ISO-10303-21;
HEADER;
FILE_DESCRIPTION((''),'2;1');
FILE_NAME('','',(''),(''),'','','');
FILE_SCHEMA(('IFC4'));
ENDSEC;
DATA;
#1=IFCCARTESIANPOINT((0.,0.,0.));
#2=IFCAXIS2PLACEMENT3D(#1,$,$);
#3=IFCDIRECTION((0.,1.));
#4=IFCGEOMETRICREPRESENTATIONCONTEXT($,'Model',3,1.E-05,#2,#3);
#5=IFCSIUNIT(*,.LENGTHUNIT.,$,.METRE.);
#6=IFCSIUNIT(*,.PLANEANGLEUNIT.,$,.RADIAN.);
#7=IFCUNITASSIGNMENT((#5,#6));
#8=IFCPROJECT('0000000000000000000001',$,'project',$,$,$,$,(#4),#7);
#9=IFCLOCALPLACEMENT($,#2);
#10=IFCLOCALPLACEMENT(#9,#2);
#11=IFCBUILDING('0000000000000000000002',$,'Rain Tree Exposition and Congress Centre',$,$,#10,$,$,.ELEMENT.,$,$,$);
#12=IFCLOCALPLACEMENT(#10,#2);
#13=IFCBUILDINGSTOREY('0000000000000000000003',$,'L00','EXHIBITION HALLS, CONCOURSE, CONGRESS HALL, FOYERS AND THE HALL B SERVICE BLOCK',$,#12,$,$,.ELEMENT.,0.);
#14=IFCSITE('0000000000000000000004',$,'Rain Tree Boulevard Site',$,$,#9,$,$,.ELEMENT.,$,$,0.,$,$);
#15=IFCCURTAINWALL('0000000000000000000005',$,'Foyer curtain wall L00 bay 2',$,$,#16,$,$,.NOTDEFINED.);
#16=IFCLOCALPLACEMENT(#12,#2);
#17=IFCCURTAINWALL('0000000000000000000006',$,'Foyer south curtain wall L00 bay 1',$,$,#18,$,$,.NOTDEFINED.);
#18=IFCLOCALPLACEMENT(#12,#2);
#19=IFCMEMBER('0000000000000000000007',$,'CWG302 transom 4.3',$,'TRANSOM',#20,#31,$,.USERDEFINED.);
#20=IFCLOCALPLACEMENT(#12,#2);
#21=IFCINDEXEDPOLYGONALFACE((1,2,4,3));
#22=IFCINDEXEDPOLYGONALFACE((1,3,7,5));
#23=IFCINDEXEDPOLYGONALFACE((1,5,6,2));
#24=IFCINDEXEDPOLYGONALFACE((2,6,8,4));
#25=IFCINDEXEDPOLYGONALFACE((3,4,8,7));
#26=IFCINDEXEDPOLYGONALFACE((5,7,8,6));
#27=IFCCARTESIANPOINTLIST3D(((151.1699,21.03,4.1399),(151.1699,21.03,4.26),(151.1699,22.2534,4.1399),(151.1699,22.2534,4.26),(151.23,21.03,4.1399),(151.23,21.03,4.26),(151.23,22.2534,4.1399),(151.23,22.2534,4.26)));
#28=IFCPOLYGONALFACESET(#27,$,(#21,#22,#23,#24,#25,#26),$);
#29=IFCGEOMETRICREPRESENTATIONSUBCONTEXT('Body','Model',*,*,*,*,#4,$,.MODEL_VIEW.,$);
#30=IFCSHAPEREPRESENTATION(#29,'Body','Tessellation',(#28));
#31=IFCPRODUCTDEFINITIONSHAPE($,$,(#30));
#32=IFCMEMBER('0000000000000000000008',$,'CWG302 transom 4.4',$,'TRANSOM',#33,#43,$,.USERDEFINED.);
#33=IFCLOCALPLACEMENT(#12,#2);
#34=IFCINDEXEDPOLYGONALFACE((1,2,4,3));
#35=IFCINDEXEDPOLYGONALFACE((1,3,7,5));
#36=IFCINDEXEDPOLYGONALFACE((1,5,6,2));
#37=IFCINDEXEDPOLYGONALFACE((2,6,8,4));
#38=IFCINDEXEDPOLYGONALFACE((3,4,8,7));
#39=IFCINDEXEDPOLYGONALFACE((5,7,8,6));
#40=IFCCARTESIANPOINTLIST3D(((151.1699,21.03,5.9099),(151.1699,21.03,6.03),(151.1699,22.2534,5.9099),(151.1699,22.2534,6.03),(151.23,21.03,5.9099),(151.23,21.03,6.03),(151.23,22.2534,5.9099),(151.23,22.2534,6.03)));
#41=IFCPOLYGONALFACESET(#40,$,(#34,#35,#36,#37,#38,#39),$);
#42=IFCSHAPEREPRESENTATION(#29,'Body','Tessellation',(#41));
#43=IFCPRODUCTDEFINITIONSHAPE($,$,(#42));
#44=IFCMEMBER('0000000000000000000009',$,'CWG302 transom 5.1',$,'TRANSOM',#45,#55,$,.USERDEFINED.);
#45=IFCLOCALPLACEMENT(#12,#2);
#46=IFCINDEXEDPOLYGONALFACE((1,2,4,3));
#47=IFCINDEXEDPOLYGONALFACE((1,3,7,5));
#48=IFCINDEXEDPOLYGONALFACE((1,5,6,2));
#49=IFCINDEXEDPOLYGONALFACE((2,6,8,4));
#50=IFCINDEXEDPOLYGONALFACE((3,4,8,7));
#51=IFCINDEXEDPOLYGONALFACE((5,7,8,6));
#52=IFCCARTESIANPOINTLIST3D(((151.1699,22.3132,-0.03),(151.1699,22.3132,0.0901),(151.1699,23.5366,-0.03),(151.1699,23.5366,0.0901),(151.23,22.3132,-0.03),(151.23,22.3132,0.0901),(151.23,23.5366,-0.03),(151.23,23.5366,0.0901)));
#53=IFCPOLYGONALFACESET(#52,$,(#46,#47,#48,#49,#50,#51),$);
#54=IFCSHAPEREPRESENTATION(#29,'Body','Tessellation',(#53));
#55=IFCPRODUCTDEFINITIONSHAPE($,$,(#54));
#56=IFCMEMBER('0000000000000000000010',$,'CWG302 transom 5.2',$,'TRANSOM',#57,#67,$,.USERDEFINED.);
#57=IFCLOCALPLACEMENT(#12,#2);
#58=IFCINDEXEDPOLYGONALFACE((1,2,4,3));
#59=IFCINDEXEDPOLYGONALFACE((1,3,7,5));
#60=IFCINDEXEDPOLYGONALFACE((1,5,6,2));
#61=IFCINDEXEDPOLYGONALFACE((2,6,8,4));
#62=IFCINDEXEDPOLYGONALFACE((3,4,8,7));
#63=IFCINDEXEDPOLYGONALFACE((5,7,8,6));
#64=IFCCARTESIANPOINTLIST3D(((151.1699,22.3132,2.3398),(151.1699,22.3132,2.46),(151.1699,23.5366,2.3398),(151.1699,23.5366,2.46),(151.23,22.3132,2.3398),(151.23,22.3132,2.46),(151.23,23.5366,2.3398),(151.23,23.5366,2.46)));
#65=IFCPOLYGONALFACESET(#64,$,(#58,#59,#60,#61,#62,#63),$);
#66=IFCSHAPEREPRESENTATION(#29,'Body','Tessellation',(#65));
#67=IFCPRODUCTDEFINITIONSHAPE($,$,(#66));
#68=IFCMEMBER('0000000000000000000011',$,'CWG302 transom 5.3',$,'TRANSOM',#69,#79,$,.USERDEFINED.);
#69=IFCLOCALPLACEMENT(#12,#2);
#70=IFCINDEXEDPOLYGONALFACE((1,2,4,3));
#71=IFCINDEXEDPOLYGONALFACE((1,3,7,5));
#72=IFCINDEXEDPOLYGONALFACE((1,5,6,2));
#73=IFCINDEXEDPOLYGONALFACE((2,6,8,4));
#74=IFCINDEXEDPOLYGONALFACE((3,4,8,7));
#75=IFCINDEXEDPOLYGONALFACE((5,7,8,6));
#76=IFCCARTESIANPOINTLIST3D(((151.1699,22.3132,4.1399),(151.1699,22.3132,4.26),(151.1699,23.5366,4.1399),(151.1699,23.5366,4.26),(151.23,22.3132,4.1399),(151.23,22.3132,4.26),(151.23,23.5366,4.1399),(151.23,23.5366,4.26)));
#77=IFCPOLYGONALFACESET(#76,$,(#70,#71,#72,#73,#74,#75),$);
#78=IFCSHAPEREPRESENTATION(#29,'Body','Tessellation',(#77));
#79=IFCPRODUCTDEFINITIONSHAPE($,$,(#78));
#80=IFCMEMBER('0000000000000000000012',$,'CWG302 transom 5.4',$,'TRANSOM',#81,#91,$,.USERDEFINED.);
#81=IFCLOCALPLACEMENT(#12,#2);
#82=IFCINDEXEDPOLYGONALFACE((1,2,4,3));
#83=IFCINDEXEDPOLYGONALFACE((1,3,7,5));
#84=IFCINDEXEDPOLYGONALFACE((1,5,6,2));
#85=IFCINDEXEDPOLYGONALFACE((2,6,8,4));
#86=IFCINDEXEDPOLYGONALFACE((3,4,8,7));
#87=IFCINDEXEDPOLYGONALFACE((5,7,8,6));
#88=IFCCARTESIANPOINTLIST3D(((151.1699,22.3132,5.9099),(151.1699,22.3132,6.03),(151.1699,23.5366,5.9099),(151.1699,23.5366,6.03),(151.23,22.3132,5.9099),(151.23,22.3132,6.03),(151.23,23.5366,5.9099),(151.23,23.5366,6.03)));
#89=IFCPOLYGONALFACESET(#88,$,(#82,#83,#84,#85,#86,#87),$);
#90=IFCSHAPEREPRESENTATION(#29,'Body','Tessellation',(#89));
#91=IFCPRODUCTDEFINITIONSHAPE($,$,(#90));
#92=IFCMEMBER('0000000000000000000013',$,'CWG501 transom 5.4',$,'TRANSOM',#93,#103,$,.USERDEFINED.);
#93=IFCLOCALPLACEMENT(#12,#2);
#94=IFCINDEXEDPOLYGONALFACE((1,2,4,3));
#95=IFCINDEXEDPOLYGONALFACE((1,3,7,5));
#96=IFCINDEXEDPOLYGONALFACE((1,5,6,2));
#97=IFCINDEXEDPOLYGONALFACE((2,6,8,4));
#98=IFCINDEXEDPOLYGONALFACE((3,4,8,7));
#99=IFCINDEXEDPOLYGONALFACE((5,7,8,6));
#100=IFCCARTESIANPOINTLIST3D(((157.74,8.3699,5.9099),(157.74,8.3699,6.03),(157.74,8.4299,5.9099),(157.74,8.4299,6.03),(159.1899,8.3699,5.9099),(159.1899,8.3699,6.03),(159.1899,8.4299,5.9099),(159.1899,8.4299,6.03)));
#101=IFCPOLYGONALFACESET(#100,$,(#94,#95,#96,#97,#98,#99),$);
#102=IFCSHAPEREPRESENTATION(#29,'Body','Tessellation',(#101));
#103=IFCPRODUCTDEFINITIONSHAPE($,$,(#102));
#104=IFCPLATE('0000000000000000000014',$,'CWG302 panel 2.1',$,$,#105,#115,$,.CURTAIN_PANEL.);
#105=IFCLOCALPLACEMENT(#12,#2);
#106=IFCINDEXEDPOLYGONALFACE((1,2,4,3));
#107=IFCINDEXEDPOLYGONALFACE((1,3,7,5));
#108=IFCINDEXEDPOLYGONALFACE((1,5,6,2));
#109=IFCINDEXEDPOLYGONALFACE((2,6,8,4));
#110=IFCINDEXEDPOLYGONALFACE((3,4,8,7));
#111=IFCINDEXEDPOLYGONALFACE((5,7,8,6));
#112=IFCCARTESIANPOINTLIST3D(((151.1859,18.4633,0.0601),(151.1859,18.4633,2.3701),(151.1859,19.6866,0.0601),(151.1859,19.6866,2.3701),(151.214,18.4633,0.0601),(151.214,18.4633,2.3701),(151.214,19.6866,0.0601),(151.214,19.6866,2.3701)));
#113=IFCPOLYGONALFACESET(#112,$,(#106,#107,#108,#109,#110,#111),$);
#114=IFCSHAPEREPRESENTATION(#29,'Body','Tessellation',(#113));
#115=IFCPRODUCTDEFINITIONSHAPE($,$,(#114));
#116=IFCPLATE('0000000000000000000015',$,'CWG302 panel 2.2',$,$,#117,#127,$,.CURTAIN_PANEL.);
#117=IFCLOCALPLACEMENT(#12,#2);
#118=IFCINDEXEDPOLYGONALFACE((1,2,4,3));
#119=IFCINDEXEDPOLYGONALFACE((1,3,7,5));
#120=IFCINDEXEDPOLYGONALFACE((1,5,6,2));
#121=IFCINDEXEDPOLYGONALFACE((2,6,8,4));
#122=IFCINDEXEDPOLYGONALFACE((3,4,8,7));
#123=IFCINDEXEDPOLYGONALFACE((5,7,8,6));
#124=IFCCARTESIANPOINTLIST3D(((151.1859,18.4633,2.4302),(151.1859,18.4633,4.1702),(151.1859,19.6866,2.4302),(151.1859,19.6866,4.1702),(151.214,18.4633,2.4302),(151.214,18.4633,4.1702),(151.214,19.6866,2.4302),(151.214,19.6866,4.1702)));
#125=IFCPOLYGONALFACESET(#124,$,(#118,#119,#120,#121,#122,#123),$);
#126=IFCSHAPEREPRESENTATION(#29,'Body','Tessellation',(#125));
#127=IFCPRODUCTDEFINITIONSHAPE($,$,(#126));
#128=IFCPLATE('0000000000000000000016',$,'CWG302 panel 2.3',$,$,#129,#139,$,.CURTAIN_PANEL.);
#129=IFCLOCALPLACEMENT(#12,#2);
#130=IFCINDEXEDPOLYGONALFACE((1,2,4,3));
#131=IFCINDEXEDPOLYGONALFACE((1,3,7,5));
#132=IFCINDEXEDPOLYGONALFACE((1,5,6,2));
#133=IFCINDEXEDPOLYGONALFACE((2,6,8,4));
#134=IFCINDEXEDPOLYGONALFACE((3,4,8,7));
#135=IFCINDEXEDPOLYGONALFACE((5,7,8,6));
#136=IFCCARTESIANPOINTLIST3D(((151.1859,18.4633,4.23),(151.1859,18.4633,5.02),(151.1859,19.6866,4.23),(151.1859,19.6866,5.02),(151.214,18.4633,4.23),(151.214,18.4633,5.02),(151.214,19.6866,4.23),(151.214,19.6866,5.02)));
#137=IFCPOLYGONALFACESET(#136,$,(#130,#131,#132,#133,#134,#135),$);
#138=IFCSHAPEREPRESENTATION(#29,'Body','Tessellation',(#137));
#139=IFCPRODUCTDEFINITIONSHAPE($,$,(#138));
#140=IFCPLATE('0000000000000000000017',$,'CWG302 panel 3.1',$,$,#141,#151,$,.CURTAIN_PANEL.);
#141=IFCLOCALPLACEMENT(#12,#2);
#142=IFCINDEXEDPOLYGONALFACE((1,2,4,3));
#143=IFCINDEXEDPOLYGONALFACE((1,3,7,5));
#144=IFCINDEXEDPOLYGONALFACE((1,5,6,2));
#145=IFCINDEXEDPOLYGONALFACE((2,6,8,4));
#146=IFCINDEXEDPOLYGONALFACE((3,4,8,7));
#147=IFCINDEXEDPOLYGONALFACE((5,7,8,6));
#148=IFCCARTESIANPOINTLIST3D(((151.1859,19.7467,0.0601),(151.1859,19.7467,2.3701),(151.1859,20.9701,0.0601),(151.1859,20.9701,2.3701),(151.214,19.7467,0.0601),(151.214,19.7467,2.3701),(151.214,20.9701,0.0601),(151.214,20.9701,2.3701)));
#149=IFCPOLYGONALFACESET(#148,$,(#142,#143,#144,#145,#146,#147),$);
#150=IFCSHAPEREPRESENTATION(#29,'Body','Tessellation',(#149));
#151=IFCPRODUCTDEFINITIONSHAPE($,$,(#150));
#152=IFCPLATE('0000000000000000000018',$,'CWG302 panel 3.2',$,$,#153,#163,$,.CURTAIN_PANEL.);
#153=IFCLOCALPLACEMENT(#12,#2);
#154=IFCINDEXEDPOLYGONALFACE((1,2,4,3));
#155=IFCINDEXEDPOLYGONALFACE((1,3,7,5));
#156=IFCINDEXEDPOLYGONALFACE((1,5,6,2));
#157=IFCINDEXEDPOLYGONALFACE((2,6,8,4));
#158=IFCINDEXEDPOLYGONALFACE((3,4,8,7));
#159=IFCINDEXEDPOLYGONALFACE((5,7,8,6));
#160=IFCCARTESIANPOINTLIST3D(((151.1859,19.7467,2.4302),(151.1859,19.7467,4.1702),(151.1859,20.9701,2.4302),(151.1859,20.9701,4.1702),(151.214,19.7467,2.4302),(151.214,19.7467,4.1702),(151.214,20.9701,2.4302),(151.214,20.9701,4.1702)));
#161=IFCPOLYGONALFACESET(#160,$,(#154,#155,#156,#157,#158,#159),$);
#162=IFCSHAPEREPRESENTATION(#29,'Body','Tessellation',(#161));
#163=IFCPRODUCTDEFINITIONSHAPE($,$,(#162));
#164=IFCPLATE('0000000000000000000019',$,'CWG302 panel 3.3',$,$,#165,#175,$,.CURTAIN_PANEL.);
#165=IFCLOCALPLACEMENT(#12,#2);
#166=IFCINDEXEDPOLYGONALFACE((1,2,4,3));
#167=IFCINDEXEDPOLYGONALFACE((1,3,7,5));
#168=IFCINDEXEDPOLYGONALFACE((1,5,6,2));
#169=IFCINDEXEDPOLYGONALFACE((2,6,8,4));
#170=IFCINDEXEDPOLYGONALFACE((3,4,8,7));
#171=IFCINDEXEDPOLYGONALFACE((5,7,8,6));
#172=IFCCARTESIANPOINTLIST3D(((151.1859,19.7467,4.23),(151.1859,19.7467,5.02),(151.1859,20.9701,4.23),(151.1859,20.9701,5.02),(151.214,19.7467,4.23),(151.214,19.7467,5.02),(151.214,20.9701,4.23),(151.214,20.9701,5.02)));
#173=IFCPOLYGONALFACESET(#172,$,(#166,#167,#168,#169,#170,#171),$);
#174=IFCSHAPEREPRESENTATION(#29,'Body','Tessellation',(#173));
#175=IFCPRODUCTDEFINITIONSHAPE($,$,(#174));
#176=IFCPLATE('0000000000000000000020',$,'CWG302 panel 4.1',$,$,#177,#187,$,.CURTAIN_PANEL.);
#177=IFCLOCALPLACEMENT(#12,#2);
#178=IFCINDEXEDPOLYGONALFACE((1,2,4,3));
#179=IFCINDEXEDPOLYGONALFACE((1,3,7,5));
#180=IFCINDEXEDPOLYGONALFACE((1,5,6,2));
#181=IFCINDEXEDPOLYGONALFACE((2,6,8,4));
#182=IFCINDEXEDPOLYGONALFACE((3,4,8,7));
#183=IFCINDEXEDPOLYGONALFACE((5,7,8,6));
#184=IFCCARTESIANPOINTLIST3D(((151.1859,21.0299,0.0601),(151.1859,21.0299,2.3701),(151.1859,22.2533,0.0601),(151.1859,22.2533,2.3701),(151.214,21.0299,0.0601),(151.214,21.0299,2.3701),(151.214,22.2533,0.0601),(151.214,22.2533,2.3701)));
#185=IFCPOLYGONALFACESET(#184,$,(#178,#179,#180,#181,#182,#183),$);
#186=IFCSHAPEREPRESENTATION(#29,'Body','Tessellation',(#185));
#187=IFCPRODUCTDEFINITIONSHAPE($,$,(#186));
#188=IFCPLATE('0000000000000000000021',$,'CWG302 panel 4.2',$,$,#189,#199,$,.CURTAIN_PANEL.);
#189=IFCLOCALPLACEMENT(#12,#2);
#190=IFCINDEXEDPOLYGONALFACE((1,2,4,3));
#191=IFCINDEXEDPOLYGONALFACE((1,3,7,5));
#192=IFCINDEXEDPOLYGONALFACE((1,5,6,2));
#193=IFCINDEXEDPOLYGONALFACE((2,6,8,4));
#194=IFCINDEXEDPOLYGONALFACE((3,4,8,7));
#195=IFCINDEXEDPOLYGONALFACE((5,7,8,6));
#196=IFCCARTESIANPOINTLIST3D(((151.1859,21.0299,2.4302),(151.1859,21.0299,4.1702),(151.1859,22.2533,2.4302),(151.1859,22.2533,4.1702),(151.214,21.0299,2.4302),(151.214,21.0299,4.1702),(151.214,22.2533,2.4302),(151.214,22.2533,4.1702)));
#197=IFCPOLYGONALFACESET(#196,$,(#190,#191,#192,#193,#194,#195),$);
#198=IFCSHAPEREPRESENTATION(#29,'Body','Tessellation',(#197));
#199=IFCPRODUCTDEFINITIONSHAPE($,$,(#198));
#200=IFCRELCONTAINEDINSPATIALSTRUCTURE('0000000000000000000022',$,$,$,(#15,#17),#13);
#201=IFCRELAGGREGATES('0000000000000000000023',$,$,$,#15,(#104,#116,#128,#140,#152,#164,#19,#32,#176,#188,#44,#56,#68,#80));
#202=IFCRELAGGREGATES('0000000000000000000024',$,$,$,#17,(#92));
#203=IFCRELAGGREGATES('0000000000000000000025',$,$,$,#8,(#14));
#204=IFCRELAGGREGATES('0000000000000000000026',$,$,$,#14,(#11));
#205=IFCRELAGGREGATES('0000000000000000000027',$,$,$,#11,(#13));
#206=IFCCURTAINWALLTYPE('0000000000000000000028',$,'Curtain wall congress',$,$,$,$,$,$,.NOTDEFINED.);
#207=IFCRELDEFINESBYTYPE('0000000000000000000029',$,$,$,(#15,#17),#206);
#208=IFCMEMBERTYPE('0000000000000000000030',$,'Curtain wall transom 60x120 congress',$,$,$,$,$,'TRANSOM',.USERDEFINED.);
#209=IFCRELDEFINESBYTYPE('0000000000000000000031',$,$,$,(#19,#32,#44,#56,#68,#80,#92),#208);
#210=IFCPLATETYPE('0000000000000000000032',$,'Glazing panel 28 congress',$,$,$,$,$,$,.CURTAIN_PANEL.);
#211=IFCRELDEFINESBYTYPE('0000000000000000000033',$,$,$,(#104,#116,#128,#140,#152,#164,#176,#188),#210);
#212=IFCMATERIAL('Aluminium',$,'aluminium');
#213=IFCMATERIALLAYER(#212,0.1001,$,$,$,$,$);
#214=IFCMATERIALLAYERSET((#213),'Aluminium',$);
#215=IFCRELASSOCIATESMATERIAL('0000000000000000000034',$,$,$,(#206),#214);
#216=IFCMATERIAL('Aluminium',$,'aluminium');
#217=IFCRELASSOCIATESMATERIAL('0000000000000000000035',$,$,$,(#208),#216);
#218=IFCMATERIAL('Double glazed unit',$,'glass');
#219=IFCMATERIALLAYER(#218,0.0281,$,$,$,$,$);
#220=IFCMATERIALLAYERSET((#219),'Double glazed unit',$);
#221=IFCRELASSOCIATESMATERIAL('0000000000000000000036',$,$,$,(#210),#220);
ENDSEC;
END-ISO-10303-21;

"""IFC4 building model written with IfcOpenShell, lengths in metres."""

from ifc_helpers import new_model, si_unit, direction, frame, origin, origin_2d, place, context, subcontext, project, spatial, rectangle, extrude, material, layer, layer_set, material_profile, profile_set, type_object, element, aggregate, save


model = new_model("IFC4")

# Units and contexts
model_context = context("Model", 3, precision=1e-05, world=origin(), true_north=direction((0.0, 1.0)))
body_context = subcontext(model_context, "Body", "Model", "MODEL_VIEW")
ifc_project = project(units=[si_unit("LENGTHUNIT", "METRE"), si_unit("PLANEANGLEUNIT", "RADIAN")], contexts=[model_context])

# Site, building, storey
site_placement = place(None, origin())
site = spatial("IfcSite", under=ifc_project, at=site_placement, Name="Rain Tree Boulevard Site", CompositionType="ELEMENT", RefElevation=0.0)
building_placement = place(site_placement, origin())
building = spatial("IfcBuilding", under=site, at=building_placement, Name="Rain Tree Exposition and Congress Centre", CompositionType="ELEMENT")
storey_placement = place(building_placement, origin())
storey = spatial("IfcBuildingStorey", under=building, at=storey_placement, Name="L00", Description="EXHIBITION HALLS, CONCOURSE, CONGRESS HALL, FOYERS AND THE HALL B SERVICE BLOCK", CompositionType="ELEMENT", Elevation=0.0)

# Curtain wall
ifc_material_1 = material(Name="Aluminium", Category="aluminium")
ifc_layer_1 = layer(ifc_material_1, 0.1001)
ifc_layer_set_1 = layer_set([ifc_layer_1], Name="Aluminium")
curtain_wall_type = type_object("IfcCurtainWallType", Name="Curtain wall congress", PredefinedType="NOTDEFINED", material=ifc_layer_set_1)
curtain_wall_1_placement = place(storey_placement, origin())
curtain_wall_1 = element("IfcCurtainWall", 1, at=curtain_wall_1_placement, inside=storey, type_object=curtain_wall_type, Name="Foyer curtain wall L00 bay 2", PredefinedType="NOTDEFINED")

# Curtain wall
curtain_wall_2_placement = place(storey_placement, origin())
curtain_wall_2 = element("IfcCurtainWall", 2, at=curtain_wall_2_placement, inside=storey, type_object=curtain_wall_type, Name="Foyer south curtain wall L00 bay 1", PredefinedType="NOTDEFINED")

# Members
ifc_material_2 = material(Name="Aluminium", Category="aluminium")
ifc_material_profile_1 = material_profile(ifc_material_2, rectangle(XDim=0.0601, YDim=0.1201, at=origin_2d()), Name="AL 60x120")
ifc_profile_set_1 = profile_set([ifc_material_profile_1], Name="Aluminium")
member_type_1 = type_object("IfcMemberType", Name="Curtain wall transom 60x120 congress", ElementType="TRANSOM", PredefinedType="USERDEFINED", material=ifc_profile_set_1)
member_1_placement = place(storey_placement, frame((151.2, 21.03, 4.2), z_axis=(0.0, 1.0, 0.0), x_axis=(-1.0, 0.0, 0.0)))
member_1 = element("IfcMember", 3, at=member_1_placement, type_object=member_type_1, Name="CWG302 transom 4.3", ObjectType="TRANSOM", PredefinedType="USERDEFINED", context=body_context, shape_type="SweptSolid", body=[
    extrude(rectangle(XDim=0.0601, YDim=0.1201, at=origin_2d()), origin(), (0.0, 0.0, 1.0), 1.2234),
])
member_2_placement = place(storey_placement, frame((151.2, 21.03, 5.97), z_axis=(0.0, 1.0, 0.0), x_axis=(-1.0, 0.0, 0.0)))
member_2 = element("IfcMember", 4, at=member_2_placement, type_object=member_type_1, Name="CWG302 transom 4.4", ObjectType="TRANSOM", PredefinedType="USERDEFINED", context=body_context, shape_type="SweptSolid", body=[
    extrude(rectangle(XDim=0.0601, YDim=0.1201, at=origin_2d()), origin(), (0.0, 0.0, 1.0), 1.2234),
])
member_3_placement = place(storey_placement, frame((151.2, 22.3132, 0.03), z_axis=(0.0, 1.0, 0.0), x_axis=(-1.0, 0.0, 0.0)))
member_3 = element("IfcMember", 5, at=member_3_placement, type_object=member_type_1, Name="CWG302 transom 5.1", ObjectType="TRANSOM", PredefinedType="USERDEFINED", context=body_context, shape_type="SweptSolid", body=[
    extrude(rectangle(XDim=0.0601, YDim=0.1201, at=origin_2d()), origin(), (0.0, 0.0, 1.0), 1.2234),
])
member_4_placement = place(storey_placement, frame((151.2, 22.3132, 2.3999), z_axis=(0.0, 1.0, 0.0), x_axis=(-1.0, 0.0, 0.0)))
member_4 = element("IfcMember", 6, at=member_4_placement, type_object=member_type_1, Name="CWG302 transom 5.2", ObjectType="TRANSOM", PredefinedType="USERDEFINED", context=body_context, shape_type="SweptSolid", body=[
    extrude(rectangle(XDim=0.0601, YDim=0.1201, at=origin_2d()), origin(), (0.0, 0.0, 1.0), 1.2234),
])
member_5_placement = place(storey_placement, frame((151.2, 22.3132, 4.2), z_axis=(0.0, 1.0, 0.0), x_axis=(-1.0, 0.0, 0.0)))
member_5 = element("IfcMember", 7, at=member_5_placement, type_object=member_type_1, Name="CWG302 transom 5.3", ObjectType="TRANSOM", PredefinedType="USERDEFINED", context=body_context, shape_type="SweptSolid", body=[
    extrude(rectangle(XDim=0.0601, YDim=0.1201, at=origin_2d()), origin(), (0.0, 0.0, 1.0), 1.2234),
])
member_6_placement = place(storey_placement, frame((151.2, 22.3132, 5.97), z_axis=(0.0, 1.0, 0.0), x_axis=(-1.0, 0.0, 0.0)))
member_6 = element("IfcMember", 8, at=member_6_placement, type_object=member_type_1, Name="CWG302 transom 5.4", ObjectType="TRANSOM", PredefinedType="USERDEFINED", context=body_context, shape_type="SweptSolid", body=[
    extrude(rectangle(XDim=0.0601, YDim=0.1201, at=origin_2d()), origin(), (0.0, 0.0, 1.0), 1.2234),
])
member_7_placement = place(storey_placement, frame((157.74, 8.3999, 5.97), z_axis=(1.0, 0.0, 0.0), x_axis=(0.0, 1.0, 0.0)))
member_7 = element("IfcMember", 9, at=member_7_placement, type_object=member_type_1, Name="CWG501 transom 5.4", ObjectType="TRANSOM", PredefinedType="USERDEFINED", context=body_context, shape_type="SweptSolid", body=[
    extrude(rectangle(XDim=0.0601, YDim=0.1201, at=origin_2d()), origin(), (0.0, 0.0, 1.0), 1.45),
])

# Plates
ifc_material_3 = material(Name="Double glazed unit", Category="glass")
ifc_layer_2 = layer(ifc_material_3, 0.0281)
ifc_layer_set_2 = layer_set([ifc_layer_2], Name="Double glazed unit")
plate_type = type_object("IfcPlateType", Name="Glazing panel 28 congress", PredefinedType="CURTAIN_PANEL", material=ifc_layer_set_2)
plate_1_placement = place(storey_placement, frame((151.2, 19.075, 0.0601), z_axis=(0.0, 0.0, 1.0), x_axis=(0.0, 1.0, 0.0)))
plate_1 = element("IfcPlate", 10, at=plate_1_placement, type_object=plate_type, Name="CWG302 panel 2.1", PredefinedType="CURTAIN_PANEL", context=body_context, shape_type="SweptSolid", body=[
    extrude(rectangle(XDim=1.2234, YDim=0.0281, at=origin_2d()), origin(), (0.0, 0.0, 1.0), 2.3101),
])
plate_2_placement = place(storey_placement, frame((151.2, 19.075, 2.4302), z_axis=(0.0, 0.0, 1.0), x_axis=(0.0, 1.0, 0.0)))
plate_2 = element("IfcPlate", 11, at=plate_2_placement, type_object=plate_type, Name="CWG302 panel 2.2", PredefinedType="CURTAIN_PANEL", context=body_context, shape_type="SweptSolid", body=[
    extrude(rectangle(XDim=1.2234, YDim=0.0281, at=origin_2d()), origin(), (0.0, 0.0, 1.0), 1.74),
])
plate_3_placement = place(storey_placement, frame((151.2, 19.075, 4.23), z_axis=(0.0, 0.0, 1.0), x_axis=(0.0, 1.0, 0.0)))
plate_3 = element("IfcPlate", 12, at=plate_3_placement, type_object=plate_type, Name="CWG302 panel 2.3", PredefinedType="CURTAIN_PANEL", context=body_context, shape_type="SweptSolid", body=[
    extrude(rectangle(XDim=1.2234, YDim=0.0281, at=origin_2d()), origin(), (0.0, 0.0, 1.0), 0.79),
])
plate_4_placement = place(storey_placement, frame((151.2, 20.3584, 0.0601), z_axis=(0.0, 0.0, 1.0), x_axis=(0.0, 1.0, 0.0)))
plate_4 = element("IfcPlate", 13, at=plate_4_placement, type_object=plate_type, Name="CWG302 panel 3.1", PredefinedType="CURTAIN_PANEL", context=body_context, shape_type="SweptSolid", body=[
    extrude(rectangle(XDim=1.2234, YDim=0.0281, at=origin_2d()), origin(), (0.0, 0.0, 1.0), 2.3101),
])
plate_5_placement = place(storey_placement, frame((151.2, 20.3584, 2.4302), z_axis=(0.0, 0.0, 1.0), x_axis=(0.0, 1.0, 0.0)))
plate_5 = element("IfcPlate", 14, at=plate_5_placement, type_object=plate_type, Name="CWG302 panel 3.2", PredefinedType="CURTAIN_PANEL", context=body_context, shape_type="SweptSolid", body=[
    extrude(rectangle(XDim=1.2234, YDim=0.0281, at=origin_2d()), origin(), (0.0, 0.0, 1.0), 1.74),
])
plate_6_placement = place(storey_placement, frame((151.2, 20.3584, 4.23), z_axis=(0.0, 0.0, 1.0), x_axis=(0.0, 1.0, 0.0)))
plate_6 = element("IfcPlate", 15, at=plate_6_placement, type_object=plate_type, Name="CWG302 panel 3.3", PredefinedType="CURTAIN_PANEL", context=body_context, shape_type="SweptSolid", body=[
    extrude(rectangle(XDim=1.2234, YDim=0.0281, at=origin_2d()), origin(), (0.0, 0.0, 1.0), 0.79),
])
plate_7_placement = place(storey_placement, frame((151.2, 21.6416, 0.0601), z_axis=(0.0, 0.0, 1.0), x_axis=(0.0, 1.0, 0.0)))
plate_7 = element("IfcPlate", 16, at=plate_7_placement, type_object=plate_type, Name="CWG302 panel 4.1", PredefinedType="CURTAIN_PANEL", context=body_context, shape_type="SweptSolid", body=[
    extrude(rectangle(XDim=1.2234, YDim=0.0281, at=origin_2d()), origin(), (0.0, 0.0, 1.0), 2.3101),
])
plate_8_placement = place(storey_placement, frame((151.2, 21.6416, 2.4302), z_axis=(0.0, 0.0, 1.0), x_axis=(0.0, 1.0, 0.0)))
plate_8 = element("IfcPlate", 17, at=plate_8_placement, type_object=plate_type, Name="CWG302 panel 4.2", PredefinedType="CURTAIN_PANEL", context=body_context, shape_type="SweptSolid", body=[
    extrude(rectangle(XDim=1.2234, YDim=0.0281, at=origin_2d()), origin(), (0.0, 0.0, 1.0), 1.74),
])
aggregate(curtain_wall_1, [plate_1, plate_2, plate_3, plate_4, plate_5, plate_6, member_1, member_2, plate_7, plate_8, member_3, member_4, member_5, member_6])
aggregate(curtain_wall_2, [member_7])

save(model, "model.ifc")
